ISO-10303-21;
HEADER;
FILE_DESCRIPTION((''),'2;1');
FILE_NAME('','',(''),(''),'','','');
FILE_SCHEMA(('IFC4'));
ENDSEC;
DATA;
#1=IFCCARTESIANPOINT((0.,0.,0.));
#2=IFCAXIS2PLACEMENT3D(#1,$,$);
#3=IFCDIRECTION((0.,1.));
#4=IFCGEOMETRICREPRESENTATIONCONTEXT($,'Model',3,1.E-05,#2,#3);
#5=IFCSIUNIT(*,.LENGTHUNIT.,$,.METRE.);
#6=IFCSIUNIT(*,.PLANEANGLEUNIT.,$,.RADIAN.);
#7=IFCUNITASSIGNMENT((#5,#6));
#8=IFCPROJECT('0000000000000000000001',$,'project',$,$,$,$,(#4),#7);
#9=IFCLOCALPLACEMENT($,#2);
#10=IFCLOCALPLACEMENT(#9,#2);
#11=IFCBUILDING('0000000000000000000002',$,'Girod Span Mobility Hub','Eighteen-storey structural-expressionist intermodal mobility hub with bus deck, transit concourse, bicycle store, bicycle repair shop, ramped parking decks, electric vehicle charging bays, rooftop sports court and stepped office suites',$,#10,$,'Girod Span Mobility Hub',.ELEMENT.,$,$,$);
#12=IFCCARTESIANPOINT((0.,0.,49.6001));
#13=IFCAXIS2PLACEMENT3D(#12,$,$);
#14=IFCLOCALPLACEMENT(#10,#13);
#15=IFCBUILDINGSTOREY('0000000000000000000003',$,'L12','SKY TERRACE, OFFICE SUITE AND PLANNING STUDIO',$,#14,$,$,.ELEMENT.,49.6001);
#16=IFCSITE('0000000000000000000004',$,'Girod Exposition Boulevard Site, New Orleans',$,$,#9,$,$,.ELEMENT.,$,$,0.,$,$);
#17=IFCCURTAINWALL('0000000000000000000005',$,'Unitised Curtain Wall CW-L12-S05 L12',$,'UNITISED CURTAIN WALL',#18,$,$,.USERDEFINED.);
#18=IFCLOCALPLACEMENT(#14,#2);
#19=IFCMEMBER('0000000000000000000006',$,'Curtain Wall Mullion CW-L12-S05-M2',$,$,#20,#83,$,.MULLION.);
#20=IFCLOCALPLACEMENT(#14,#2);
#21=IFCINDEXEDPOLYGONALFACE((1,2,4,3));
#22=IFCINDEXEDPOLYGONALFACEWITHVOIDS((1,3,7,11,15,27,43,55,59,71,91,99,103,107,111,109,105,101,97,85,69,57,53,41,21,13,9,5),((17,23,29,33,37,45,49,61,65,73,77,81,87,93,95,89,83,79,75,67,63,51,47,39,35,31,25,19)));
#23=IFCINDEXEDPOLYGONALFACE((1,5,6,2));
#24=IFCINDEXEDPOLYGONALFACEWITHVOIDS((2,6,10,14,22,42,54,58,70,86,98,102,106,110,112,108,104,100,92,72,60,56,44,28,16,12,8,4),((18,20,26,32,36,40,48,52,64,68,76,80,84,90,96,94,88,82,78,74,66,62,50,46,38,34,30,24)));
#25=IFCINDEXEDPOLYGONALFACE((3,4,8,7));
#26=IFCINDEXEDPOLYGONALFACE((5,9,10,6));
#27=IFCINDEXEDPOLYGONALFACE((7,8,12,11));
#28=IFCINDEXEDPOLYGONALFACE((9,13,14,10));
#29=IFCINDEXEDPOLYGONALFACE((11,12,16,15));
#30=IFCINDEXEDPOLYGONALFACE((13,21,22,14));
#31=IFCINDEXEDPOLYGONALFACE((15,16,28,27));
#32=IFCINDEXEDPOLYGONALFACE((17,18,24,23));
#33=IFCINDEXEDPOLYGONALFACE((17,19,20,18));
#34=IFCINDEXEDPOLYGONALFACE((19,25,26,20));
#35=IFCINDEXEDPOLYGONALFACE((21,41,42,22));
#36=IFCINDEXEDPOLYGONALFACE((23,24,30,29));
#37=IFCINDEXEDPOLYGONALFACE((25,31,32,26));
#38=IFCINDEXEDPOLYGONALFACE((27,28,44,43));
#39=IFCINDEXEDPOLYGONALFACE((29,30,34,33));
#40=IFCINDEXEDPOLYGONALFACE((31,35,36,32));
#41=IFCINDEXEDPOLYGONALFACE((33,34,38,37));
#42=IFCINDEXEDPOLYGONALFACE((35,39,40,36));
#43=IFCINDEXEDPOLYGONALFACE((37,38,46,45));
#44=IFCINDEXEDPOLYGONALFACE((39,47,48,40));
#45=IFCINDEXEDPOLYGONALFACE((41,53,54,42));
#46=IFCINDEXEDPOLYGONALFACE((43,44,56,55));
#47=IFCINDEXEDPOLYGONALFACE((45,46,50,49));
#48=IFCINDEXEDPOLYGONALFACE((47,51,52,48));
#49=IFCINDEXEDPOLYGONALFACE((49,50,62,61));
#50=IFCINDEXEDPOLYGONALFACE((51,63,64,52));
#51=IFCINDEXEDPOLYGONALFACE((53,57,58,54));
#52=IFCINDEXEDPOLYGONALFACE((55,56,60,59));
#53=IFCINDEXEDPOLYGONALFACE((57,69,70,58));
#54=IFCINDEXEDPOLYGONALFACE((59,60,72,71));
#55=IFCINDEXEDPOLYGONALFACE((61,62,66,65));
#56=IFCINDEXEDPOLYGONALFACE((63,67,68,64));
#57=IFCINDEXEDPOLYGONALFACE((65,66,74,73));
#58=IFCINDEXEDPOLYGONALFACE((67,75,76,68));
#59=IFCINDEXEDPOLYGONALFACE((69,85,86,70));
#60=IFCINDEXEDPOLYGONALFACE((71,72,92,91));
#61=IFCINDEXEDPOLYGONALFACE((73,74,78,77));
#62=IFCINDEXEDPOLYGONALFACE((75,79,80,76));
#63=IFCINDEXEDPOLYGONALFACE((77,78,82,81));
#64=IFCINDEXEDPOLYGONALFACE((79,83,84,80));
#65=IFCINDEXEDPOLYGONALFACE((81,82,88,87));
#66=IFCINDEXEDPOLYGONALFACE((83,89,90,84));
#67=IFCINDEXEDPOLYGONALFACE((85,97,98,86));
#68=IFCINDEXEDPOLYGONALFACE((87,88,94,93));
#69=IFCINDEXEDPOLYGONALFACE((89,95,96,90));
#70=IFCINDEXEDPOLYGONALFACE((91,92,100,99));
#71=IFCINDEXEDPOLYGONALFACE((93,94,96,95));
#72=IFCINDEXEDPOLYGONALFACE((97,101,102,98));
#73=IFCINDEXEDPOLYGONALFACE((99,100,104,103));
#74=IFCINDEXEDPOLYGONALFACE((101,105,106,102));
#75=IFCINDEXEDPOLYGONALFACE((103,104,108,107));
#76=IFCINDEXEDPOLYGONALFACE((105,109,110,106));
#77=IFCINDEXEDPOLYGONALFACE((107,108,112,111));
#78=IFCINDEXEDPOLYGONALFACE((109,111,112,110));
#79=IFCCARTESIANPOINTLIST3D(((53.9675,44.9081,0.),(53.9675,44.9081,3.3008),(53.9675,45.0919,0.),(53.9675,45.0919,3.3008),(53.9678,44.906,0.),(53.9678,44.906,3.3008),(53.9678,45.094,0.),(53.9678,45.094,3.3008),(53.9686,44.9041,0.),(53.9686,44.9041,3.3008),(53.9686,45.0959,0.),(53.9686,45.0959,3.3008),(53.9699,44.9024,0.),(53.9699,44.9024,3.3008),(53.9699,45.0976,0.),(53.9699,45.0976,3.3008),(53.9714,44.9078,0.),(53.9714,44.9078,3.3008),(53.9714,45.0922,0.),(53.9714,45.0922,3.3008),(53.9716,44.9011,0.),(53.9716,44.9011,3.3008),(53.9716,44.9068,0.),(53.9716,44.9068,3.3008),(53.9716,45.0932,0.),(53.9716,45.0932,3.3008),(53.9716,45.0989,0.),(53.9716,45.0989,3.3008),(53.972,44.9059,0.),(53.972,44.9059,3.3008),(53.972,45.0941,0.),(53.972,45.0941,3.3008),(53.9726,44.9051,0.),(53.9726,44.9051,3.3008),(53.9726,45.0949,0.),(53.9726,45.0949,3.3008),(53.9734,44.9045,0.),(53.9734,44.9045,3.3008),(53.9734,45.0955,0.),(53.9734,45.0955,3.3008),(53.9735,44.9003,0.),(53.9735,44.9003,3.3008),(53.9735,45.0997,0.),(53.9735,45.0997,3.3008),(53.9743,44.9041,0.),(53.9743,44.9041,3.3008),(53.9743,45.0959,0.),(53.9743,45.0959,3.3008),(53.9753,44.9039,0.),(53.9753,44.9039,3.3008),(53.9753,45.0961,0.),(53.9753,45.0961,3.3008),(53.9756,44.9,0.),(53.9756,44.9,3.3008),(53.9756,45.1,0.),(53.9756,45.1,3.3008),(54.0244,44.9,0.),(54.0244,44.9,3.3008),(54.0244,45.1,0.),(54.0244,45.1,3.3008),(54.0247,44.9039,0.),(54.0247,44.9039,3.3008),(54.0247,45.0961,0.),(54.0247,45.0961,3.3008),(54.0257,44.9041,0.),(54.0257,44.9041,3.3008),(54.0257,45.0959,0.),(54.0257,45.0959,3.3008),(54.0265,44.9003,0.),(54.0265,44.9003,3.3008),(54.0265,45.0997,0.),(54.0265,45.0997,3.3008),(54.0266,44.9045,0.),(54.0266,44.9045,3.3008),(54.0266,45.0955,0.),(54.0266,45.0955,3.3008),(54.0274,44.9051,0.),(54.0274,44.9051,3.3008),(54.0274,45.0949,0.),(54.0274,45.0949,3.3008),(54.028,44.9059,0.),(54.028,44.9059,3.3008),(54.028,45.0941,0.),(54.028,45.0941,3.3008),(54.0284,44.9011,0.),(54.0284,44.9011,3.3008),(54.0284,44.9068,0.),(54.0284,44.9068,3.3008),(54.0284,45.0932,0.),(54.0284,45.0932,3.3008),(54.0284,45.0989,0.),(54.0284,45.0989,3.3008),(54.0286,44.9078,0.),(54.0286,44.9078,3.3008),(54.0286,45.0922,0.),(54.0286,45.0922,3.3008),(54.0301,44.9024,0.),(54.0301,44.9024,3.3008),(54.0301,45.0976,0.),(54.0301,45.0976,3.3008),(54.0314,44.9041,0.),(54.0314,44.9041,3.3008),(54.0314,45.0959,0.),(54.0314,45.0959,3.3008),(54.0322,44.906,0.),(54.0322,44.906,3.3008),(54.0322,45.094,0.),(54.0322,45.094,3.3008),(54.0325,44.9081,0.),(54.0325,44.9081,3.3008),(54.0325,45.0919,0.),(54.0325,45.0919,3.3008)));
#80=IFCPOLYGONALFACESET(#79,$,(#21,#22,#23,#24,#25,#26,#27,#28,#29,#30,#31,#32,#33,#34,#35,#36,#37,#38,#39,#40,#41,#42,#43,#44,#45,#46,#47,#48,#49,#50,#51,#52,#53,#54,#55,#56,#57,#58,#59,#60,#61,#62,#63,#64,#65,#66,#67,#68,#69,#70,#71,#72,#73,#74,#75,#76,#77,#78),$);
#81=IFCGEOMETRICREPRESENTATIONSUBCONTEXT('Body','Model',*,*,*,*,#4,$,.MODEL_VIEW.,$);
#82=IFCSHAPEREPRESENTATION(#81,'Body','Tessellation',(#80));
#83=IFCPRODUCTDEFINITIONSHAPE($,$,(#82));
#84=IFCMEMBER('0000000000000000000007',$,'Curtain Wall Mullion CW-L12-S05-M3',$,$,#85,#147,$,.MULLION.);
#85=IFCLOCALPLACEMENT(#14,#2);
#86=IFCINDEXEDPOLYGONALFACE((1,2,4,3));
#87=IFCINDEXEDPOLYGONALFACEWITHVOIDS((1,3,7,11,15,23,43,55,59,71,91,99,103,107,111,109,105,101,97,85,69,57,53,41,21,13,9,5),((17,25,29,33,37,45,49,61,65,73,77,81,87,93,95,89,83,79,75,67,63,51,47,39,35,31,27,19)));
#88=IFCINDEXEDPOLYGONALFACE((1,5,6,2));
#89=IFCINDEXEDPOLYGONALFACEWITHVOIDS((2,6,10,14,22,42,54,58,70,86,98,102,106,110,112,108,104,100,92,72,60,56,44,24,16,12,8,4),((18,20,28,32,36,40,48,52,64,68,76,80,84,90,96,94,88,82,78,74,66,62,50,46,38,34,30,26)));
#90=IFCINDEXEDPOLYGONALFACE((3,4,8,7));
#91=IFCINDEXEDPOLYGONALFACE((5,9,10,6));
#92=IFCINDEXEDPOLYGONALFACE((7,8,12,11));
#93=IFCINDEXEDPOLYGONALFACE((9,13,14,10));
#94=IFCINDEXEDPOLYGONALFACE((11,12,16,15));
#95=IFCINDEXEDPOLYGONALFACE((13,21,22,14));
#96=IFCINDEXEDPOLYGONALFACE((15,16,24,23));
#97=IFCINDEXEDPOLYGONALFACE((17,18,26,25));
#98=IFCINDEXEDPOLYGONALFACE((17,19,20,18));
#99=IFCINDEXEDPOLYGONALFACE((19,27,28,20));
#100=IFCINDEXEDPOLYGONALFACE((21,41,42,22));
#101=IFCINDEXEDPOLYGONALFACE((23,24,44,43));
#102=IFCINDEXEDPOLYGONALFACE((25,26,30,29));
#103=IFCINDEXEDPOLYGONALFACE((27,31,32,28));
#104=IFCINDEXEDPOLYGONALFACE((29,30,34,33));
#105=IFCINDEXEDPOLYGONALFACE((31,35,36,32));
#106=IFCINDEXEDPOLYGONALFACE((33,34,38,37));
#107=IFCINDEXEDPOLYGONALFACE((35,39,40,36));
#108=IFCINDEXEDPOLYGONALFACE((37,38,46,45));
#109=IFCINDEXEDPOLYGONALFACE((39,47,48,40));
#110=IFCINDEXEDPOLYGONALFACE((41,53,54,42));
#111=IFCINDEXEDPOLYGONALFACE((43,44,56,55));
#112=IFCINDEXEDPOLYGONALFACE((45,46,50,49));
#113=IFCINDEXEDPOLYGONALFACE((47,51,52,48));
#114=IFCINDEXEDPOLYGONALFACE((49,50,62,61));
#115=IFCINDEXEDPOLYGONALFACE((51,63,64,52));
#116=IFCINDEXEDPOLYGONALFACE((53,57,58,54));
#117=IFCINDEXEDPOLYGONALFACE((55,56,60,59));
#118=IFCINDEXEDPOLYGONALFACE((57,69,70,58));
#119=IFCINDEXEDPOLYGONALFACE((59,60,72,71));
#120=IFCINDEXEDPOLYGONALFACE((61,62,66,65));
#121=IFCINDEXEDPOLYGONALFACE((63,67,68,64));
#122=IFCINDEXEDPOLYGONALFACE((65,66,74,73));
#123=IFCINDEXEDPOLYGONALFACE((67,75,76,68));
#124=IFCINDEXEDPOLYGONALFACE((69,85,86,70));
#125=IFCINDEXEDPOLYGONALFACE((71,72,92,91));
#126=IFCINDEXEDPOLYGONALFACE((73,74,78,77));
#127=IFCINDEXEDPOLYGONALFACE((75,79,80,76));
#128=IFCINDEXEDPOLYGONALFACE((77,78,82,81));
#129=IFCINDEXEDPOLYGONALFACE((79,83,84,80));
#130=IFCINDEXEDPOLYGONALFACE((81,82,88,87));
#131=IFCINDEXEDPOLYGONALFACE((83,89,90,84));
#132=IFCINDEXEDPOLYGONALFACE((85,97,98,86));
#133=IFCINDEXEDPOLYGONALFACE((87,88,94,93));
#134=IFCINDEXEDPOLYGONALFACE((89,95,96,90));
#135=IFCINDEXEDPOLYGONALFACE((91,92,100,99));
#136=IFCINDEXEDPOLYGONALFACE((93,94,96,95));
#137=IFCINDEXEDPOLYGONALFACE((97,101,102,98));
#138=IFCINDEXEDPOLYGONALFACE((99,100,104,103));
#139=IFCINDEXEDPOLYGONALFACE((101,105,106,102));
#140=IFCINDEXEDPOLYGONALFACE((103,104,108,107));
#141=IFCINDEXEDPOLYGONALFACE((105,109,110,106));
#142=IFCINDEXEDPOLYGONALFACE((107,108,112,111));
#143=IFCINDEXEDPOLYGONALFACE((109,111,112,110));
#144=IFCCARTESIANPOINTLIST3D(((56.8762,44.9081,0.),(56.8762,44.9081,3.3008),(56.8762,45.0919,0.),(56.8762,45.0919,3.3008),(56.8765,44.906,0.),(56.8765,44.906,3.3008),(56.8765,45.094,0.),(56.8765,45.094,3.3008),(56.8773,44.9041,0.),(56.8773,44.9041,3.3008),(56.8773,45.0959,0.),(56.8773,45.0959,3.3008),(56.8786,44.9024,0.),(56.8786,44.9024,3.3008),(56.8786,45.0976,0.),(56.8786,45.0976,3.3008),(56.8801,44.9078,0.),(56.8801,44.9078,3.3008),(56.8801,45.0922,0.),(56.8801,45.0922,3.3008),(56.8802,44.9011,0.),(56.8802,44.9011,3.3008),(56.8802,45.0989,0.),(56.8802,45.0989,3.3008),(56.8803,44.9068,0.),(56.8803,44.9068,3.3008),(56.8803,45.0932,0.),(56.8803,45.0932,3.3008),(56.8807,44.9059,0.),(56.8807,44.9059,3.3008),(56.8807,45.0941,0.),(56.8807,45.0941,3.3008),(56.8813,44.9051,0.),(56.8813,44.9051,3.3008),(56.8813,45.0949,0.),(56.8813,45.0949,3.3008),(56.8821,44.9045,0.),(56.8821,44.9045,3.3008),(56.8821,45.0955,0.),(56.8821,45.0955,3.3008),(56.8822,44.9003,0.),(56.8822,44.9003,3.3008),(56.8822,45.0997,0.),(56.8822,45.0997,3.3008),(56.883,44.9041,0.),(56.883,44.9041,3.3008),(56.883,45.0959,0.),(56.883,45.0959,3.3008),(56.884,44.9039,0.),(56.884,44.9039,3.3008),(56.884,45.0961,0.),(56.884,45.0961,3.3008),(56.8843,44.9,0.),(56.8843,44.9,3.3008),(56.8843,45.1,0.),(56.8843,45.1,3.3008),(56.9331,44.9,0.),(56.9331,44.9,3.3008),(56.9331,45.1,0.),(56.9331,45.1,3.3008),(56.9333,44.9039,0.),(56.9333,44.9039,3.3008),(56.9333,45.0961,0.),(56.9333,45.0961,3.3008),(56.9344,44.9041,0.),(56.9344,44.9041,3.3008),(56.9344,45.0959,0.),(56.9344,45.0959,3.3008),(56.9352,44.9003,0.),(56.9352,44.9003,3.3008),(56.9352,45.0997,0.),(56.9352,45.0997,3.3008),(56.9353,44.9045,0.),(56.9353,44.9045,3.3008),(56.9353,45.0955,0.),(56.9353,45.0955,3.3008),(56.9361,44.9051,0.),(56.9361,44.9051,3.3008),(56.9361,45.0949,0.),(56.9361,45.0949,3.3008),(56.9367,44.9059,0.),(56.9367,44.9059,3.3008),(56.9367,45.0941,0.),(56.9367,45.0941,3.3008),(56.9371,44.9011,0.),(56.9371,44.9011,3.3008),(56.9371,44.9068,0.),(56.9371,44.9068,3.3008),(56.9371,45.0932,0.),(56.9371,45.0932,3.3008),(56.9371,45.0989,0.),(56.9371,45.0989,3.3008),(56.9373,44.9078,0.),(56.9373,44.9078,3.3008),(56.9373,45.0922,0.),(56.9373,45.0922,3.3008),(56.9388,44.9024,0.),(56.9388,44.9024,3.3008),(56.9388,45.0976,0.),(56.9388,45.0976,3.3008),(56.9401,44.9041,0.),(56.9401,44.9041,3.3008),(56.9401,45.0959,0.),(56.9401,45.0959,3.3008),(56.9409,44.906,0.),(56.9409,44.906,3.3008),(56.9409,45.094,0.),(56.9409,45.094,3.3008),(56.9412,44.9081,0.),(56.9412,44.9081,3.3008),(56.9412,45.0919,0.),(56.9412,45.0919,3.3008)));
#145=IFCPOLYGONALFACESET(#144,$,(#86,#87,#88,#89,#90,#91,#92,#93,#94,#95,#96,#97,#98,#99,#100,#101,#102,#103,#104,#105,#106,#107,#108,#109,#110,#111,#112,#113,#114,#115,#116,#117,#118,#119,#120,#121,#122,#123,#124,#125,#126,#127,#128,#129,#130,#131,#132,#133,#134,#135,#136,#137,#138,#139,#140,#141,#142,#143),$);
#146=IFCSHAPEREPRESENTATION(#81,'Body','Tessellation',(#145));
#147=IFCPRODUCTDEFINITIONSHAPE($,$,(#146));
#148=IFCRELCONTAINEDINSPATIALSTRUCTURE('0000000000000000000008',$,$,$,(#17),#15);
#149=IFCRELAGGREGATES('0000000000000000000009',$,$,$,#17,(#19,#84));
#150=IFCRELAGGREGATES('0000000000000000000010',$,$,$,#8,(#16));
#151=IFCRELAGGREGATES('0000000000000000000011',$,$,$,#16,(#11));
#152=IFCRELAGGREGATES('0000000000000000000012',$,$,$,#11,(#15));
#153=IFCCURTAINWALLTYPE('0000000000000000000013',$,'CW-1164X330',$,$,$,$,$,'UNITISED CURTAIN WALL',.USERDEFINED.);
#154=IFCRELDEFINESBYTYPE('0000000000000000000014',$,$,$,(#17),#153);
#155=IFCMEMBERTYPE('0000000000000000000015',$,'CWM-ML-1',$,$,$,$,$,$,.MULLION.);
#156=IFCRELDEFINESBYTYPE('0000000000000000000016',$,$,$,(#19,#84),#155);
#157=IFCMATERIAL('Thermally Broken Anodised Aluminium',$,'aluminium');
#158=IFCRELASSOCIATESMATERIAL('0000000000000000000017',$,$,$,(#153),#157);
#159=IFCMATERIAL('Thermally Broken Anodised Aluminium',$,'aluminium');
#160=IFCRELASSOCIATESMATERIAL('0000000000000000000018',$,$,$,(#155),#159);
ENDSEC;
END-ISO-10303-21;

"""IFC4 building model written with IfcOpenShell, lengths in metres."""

from ifc_helpers import new_model, si_unit, direction, frame, origin, origin_2d, place, context, subcontext, project, spatial, hollow_rectangle, extrude, material, material_profile, profile_set, type_object, element, aggregate, save


model = new_model("IFC4")

# Units and contexts
model_context = context("Model", 3, precision=1e-05, world=origin(), true_north=direction((0.0, 1.0)))
body_context = subcontext(model_context, "Body", "Model", "MODEL_VIEW")
ifc_project = project(units=[si_unit("LENGTHUNIT", "METRE"), si_unit("PLANEANGLEUNIT", "RADIAN")], contexts=[model_context])

# Site, building, storey
site_placement = place(None, origin())
site = spatial("IfcSite", under=ifc_project, at=site_placement, Name="Girod Exposition Boulevard Site, New Orleans", CompositionType="ELEMENT", RefElevation=0.0)
building_placement = place(site_placement, origin())
building = spatial("IfcBuilding", under=site, at=building_placement, Name="Girod Span Mobility Hub", Description="Eighteen-storey structural-expressionist intermodal mobility hub with bus deck, transit concourse, bicycle store, bicycle repair shop, ramped parking decks, electric vehicle charging bays, rooftop sports court and stepped office suites", LongName="Girod Span Mobility Hub", CompositionType="ELEMENT")
storey_placement = place(building_placement, frame((0.0, 0.0, 49.6001)))
storey = spatial("IfcBuildingStorey", under=building, at=storey_placement, Name="L12", Description="SKY TERRACE, OFFICE SUITE AND PLANNING STUDIO", CompositionType="ELEMENT", Elevation=49.6001)

# Curtain wall, members
ifc_material_1 = material(Name="Thermally Broken Anodised Aluminium", Category="aluminium")
curtain_wall_type = type_object("IfcCurtainWallType", Name="CW-1164X330", ElementType="UNITISED CURTAIN WALL", PredefinedType="USERDEFINED", material=ifc_material_1)
curtain_wall_placement = place(storey_placement, origin())
curtain_wall = element("IfcCurtainWall", 1, at=curtain_wall_placement, inside=storey, type_object=curtain_wall_type, Name="Unitised Curtain Wall CW-L12-S05 L12", ObjectType="UNITISED CURTAIN WALL", PredefinedType="USERDEFINED")
ifc_material_2 = material(Name="Thermally Broken Anodised Aluminium", Category="aluminium")
ifc_material_profile_1 = material_profile(ifc_material_2, hollow_rectangle(XDim=0.2, YDim=0.0649, WallThickness=0.0039, InnerFilletRadius=0.0039, OuterFilletRadius=0.0081, at=origin_2d()), Name="CW-ML-65X200")
ifc_profile_set_1 = profile_set([ifc_material_profile_1], Name="Thermally Broken Anodised Aluminium")
member_type_1 = type_object("IfcMemberType", Name="CWM-ML-1", PredefinedType="MULLION", material=ifc_profile_set_1)
member_1_placement = place(storey_placement, frame((54.0, 45.0, 0.0), z_axis=(0.0, 0.0, 1.0), x_axis=(0.0, 1.0, 0.0)))
member_1 = element("IfcMember", 2, at=member_1_placement, type_object=member_type_1, Name="Curtain Wall Mullion CW-L12-S05-M2", PredefinedType="MULLION", context=body_context, shape_type="SweptSolid", body=[
    extrude(hollow_rectangle(XDim=0.2, YDim=0.0649, WallThickness=0.0039, InnerFilletRadius=0.0039, OuterFilletRadius=0.0081, at=origin_2d()), origin(), (0.0, 0.0, 1.0), 3.3008),
])
member_2_placement = place(storey_placement, frame((56.9087, 45.0, 0.0), z_axis=(0.0, 0.0, 1.0), x_axis=(0.0, 1.0, 0.0)))
member_2 = element("IfcMember", 3, at=member_2_placement, type_object=member_type_1, Name="Curtain Wall Mullion CW-L12-S05-M3", PredefinedType="MULLION", context=body_context, shape_type="SweptSolid", body=[
    extrude(hollow_rectangle(XDim=0.2, YDim=0.0649, WallThickness=0.0039, InnerFilletRadius=0.0039, OuterFilletRadius=0.0081, at=origin_2d()), origin(), (0.0, 0.0, 1.0), 3.3008),
])

aggregate(curtain_wall, [member_1, member_2])

save(model, "model.ifc")
